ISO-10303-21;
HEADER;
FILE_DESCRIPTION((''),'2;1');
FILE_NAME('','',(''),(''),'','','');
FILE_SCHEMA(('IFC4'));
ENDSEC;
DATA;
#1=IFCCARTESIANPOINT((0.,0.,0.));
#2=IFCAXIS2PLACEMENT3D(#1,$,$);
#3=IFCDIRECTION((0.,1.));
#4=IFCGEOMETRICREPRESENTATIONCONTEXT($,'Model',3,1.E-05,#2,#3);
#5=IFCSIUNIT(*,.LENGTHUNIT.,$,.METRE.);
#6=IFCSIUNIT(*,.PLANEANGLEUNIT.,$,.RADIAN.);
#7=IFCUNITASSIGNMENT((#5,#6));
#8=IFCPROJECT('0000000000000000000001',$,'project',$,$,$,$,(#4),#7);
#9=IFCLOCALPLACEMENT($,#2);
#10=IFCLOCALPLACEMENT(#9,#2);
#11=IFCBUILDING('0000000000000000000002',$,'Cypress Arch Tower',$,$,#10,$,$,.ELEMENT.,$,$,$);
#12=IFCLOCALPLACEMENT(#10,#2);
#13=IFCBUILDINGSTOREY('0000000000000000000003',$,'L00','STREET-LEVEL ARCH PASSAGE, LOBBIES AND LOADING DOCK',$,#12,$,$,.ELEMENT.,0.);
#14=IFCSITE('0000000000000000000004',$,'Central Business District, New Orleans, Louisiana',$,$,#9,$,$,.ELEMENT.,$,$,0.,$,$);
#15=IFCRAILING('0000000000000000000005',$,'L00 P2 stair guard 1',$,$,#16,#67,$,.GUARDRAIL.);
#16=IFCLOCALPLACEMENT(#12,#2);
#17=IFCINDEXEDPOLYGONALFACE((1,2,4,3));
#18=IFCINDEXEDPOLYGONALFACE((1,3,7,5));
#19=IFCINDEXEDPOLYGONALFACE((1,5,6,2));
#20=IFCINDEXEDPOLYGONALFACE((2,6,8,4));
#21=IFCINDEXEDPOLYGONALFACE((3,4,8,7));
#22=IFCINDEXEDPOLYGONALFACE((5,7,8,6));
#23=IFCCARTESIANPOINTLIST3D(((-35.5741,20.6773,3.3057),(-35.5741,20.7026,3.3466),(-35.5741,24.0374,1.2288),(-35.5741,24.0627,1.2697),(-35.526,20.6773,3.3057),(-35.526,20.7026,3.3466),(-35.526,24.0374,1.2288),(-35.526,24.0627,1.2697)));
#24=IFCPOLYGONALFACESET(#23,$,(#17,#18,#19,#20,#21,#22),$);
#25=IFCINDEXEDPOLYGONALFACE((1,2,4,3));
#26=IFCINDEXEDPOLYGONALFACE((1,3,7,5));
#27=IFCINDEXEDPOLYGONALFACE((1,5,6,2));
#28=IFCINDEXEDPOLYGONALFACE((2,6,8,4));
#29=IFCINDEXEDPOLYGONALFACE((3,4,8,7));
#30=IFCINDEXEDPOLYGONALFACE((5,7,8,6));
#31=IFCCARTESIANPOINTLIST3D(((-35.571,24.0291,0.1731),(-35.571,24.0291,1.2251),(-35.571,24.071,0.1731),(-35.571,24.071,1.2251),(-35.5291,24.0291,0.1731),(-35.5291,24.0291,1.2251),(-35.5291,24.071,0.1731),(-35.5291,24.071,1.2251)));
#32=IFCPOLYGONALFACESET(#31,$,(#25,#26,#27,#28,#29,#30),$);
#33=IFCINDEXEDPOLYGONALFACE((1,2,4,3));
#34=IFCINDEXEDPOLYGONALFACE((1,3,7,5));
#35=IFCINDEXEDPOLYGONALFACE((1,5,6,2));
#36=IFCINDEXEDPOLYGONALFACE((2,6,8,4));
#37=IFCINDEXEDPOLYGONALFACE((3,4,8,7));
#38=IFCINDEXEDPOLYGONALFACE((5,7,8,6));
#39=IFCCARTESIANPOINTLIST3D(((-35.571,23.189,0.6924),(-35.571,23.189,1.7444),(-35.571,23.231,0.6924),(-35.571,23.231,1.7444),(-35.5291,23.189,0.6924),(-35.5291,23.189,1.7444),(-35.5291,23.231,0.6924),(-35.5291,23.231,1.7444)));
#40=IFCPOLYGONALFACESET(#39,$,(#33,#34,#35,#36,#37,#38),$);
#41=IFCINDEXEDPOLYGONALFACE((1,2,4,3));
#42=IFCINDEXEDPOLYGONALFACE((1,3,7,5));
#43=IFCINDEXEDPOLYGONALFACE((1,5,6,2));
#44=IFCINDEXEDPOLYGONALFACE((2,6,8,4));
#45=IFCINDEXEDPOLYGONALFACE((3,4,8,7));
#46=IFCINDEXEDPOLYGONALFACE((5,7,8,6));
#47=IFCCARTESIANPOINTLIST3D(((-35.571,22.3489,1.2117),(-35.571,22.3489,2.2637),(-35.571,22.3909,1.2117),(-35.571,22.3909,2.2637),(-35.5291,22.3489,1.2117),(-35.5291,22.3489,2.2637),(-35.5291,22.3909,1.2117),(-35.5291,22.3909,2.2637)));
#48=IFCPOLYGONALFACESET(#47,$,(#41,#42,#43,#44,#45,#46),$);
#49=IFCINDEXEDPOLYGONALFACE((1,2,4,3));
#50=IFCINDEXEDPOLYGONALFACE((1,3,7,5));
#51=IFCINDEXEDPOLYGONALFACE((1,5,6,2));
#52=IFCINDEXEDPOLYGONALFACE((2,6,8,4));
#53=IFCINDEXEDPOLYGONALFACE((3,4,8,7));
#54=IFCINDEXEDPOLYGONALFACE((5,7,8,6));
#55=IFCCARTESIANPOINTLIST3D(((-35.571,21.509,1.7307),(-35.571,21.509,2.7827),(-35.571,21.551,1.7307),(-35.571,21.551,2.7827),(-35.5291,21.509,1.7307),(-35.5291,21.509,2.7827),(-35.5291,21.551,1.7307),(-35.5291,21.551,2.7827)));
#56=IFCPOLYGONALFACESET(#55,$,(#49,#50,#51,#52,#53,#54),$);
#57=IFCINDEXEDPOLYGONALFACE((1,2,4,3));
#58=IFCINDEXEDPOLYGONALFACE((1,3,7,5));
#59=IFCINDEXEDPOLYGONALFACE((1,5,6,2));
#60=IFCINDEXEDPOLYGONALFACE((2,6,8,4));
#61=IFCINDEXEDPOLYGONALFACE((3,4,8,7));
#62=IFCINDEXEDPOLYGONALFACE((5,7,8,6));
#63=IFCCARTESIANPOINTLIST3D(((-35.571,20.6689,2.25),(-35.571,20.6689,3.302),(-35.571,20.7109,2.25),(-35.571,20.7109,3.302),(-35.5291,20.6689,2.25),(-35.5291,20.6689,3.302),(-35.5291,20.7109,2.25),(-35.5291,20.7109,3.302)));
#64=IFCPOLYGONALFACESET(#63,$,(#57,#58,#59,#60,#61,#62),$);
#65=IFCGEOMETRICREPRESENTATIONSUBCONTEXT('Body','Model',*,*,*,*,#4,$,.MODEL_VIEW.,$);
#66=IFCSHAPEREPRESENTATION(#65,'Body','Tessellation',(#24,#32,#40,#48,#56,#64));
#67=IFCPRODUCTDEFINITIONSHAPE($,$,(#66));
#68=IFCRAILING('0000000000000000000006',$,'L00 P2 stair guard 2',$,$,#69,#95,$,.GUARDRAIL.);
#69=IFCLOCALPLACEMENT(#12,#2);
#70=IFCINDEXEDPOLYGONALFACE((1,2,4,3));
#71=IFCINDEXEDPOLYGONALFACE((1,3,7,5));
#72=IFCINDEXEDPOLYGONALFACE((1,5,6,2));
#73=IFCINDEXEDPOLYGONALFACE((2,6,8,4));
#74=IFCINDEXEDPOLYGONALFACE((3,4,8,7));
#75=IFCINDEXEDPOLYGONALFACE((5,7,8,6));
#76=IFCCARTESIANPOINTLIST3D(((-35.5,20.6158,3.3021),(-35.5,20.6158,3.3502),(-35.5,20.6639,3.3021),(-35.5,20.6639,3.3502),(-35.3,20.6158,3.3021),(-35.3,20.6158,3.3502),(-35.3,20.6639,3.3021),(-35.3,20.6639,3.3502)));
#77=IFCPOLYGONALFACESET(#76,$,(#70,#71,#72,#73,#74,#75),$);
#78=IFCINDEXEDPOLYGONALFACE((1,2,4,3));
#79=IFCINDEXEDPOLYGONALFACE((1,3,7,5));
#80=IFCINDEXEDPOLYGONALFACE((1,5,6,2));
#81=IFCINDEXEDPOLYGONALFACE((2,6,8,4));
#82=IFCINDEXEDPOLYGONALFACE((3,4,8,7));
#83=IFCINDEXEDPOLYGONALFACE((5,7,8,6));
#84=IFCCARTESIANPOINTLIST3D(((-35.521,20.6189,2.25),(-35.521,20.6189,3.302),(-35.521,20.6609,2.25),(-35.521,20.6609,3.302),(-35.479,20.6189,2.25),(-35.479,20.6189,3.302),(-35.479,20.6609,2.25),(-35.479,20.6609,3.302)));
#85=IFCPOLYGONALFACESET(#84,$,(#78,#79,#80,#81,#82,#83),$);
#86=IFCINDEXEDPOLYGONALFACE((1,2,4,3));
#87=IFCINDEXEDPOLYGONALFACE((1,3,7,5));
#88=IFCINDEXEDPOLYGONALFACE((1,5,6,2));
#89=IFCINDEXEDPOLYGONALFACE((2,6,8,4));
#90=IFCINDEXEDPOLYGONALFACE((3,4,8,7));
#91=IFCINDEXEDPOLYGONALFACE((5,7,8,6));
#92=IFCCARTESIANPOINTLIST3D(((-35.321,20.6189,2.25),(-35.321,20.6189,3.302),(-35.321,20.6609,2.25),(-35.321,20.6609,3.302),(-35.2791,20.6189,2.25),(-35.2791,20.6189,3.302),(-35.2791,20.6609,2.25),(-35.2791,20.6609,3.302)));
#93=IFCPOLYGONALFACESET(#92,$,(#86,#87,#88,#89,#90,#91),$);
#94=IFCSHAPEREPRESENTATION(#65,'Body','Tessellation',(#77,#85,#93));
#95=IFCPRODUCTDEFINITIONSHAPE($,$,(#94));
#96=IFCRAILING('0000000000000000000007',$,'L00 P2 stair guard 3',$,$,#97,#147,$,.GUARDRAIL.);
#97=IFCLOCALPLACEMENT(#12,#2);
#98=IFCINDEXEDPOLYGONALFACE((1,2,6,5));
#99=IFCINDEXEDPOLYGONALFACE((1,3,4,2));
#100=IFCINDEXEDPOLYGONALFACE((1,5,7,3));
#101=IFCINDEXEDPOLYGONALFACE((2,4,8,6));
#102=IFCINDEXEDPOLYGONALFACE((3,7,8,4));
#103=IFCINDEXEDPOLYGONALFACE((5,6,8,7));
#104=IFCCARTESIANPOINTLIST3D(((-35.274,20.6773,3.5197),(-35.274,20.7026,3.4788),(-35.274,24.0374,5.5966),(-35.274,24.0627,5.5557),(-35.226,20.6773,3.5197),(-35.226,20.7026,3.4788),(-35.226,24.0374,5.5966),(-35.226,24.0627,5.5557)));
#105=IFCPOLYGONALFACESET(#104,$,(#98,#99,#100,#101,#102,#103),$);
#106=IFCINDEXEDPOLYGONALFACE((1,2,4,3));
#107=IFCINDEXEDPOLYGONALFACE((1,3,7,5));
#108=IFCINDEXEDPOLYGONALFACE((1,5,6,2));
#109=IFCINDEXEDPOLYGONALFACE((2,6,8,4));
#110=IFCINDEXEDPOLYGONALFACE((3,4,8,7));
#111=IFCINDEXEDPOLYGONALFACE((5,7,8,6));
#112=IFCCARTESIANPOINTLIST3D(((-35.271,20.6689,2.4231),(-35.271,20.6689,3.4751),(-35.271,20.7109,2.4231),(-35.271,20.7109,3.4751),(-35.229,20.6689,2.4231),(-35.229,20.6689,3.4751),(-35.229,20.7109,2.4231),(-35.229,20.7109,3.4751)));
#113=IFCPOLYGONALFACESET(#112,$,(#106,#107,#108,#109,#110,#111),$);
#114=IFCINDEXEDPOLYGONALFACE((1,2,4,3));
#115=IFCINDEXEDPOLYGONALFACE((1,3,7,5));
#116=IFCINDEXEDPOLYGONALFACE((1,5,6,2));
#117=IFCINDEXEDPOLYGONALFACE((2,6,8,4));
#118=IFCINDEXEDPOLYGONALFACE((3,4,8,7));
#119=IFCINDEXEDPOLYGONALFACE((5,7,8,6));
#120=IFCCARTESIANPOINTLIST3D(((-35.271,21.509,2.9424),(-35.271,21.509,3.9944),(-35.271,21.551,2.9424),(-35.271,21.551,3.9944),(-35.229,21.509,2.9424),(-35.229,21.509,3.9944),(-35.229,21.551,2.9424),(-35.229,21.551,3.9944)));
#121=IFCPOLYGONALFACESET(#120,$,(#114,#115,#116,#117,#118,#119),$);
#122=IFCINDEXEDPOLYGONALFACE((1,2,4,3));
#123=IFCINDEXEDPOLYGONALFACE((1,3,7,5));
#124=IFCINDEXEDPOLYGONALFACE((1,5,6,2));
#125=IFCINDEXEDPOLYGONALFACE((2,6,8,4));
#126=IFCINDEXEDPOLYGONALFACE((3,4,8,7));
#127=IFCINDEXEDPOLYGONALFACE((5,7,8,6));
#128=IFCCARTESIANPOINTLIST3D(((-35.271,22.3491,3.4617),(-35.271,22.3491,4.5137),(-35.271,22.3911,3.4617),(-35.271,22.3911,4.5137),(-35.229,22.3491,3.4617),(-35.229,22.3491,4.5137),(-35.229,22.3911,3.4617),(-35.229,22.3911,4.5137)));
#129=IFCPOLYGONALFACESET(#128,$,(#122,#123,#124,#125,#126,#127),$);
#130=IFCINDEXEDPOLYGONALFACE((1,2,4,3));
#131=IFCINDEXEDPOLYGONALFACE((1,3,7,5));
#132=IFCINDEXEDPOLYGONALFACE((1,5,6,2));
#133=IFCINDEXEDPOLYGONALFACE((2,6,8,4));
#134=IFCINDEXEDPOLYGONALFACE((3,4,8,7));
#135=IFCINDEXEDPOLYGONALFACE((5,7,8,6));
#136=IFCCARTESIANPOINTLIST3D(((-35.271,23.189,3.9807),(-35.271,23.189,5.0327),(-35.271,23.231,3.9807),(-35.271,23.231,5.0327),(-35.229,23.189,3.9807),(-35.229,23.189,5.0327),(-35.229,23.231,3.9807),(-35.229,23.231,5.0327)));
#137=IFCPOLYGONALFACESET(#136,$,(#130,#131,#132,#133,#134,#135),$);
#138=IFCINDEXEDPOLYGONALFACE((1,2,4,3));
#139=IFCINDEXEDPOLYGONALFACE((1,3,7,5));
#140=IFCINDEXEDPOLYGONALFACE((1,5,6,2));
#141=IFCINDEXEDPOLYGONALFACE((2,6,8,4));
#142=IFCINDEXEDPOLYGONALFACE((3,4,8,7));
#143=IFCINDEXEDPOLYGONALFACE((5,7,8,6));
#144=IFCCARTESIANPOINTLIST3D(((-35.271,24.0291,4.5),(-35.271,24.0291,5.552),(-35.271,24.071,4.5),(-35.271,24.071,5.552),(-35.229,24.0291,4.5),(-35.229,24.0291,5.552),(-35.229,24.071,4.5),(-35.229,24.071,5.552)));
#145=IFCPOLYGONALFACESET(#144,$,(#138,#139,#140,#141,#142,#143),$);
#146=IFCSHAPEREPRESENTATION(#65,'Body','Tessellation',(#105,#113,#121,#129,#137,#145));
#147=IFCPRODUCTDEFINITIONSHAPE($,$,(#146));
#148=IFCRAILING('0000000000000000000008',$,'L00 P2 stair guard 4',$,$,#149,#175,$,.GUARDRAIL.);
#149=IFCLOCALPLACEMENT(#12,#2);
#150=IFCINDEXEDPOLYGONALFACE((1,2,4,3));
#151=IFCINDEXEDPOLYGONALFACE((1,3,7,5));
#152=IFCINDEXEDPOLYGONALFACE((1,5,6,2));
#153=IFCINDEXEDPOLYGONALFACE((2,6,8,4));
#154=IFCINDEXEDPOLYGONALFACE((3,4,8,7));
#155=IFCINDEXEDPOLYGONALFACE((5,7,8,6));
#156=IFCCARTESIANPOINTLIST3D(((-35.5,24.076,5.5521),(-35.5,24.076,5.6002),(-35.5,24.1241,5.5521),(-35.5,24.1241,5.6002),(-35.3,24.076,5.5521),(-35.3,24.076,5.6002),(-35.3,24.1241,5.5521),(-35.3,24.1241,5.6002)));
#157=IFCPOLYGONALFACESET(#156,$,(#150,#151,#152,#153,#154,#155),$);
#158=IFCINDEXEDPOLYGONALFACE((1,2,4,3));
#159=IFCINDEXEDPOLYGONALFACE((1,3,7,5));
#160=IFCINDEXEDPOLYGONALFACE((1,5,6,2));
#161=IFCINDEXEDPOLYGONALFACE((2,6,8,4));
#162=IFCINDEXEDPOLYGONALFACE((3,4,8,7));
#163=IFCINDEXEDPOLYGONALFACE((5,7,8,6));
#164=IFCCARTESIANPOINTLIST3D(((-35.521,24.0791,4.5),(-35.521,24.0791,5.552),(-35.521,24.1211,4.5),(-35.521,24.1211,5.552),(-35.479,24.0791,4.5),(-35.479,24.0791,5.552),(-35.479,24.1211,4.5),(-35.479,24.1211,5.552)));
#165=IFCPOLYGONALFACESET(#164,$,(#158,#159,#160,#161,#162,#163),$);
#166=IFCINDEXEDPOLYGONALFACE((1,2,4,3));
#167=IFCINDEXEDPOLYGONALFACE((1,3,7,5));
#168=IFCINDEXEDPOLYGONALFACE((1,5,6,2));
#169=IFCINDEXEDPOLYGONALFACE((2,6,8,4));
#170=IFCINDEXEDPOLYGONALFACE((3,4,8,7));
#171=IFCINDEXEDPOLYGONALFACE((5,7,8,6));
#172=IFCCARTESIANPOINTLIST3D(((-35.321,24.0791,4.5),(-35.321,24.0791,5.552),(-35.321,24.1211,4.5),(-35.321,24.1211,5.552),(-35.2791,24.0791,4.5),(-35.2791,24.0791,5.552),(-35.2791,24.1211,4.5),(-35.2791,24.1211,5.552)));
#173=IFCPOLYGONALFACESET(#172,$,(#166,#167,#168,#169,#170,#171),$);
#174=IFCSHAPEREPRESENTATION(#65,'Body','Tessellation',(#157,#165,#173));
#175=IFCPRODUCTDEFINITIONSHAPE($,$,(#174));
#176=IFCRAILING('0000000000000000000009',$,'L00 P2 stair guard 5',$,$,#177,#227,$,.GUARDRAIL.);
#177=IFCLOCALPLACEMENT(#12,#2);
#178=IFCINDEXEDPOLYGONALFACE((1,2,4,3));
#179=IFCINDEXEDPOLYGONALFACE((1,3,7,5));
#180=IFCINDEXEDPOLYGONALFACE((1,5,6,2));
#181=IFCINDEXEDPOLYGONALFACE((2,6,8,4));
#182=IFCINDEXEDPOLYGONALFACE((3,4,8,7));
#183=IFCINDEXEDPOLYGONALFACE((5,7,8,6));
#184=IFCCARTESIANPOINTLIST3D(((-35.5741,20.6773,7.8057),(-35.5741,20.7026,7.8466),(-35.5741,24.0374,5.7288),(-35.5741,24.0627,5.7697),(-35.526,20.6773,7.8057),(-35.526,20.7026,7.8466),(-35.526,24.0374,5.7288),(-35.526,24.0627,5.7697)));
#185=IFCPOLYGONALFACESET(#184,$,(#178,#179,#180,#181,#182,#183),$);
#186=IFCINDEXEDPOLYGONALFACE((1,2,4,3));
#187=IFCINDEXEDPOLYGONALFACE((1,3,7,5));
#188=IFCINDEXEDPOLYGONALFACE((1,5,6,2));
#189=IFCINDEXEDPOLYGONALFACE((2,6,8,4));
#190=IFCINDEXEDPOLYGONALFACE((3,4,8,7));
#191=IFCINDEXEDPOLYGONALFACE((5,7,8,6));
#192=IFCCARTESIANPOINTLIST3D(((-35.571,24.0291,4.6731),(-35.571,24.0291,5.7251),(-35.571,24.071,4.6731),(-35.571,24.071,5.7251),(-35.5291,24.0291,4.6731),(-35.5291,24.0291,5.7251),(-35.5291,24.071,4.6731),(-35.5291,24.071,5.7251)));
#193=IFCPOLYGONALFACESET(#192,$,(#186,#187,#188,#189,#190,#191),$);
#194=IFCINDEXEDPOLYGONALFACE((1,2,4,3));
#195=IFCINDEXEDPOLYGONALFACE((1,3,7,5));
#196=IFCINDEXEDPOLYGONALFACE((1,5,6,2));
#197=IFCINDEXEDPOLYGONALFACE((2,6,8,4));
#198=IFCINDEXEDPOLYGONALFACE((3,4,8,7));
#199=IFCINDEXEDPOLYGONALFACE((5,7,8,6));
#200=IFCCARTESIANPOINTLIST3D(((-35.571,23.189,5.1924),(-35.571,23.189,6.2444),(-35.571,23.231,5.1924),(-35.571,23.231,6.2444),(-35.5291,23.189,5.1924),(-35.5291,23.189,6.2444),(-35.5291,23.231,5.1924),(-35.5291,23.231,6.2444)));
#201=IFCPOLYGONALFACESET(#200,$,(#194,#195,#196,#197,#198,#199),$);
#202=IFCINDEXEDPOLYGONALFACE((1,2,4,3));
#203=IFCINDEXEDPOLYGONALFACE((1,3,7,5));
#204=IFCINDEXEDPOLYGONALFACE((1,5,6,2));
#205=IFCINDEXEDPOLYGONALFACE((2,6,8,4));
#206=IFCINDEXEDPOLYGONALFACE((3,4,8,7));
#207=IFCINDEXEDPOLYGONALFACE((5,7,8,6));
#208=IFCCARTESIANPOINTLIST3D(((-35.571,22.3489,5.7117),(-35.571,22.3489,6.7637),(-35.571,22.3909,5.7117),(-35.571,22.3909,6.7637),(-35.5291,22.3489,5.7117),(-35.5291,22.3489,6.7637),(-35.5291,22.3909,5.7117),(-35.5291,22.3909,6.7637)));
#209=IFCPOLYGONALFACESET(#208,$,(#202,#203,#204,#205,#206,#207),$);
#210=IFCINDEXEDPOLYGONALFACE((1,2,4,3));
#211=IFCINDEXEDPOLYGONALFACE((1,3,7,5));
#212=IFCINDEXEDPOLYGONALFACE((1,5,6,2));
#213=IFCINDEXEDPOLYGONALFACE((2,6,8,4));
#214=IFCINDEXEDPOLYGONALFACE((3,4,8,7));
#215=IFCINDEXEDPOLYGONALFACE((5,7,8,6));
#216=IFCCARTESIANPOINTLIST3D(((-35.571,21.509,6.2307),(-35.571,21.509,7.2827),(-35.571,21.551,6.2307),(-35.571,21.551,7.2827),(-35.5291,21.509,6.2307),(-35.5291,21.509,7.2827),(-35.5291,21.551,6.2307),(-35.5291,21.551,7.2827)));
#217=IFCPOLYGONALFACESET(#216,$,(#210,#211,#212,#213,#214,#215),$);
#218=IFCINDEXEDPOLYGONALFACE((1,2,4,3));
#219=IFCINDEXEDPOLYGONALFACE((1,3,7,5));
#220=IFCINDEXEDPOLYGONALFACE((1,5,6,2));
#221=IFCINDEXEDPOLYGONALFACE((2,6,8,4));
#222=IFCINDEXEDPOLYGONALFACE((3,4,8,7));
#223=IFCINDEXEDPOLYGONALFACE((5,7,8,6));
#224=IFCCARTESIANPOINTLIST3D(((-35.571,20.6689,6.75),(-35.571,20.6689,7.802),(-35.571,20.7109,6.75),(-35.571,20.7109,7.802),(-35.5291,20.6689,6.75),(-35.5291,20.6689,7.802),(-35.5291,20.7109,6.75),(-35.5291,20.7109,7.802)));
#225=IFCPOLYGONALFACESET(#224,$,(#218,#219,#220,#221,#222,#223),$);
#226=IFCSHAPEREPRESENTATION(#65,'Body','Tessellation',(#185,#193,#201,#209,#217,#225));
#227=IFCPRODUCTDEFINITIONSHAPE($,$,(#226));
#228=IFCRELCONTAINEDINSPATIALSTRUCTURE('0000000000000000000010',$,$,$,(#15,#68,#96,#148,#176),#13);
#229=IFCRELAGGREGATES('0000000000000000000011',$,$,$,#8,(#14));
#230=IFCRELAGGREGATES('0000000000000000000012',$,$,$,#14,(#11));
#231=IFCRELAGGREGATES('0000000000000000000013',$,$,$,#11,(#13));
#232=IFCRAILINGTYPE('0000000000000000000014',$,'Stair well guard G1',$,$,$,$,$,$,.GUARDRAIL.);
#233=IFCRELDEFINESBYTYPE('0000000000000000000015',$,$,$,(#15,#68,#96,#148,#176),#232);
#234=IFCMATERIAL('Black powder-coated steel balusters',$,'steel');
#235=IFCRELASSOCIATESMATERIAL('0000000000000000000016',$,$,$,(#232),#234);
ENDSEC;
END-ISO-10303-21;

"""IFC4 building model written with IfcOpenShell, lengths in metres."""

from ifc_helpers import new_model, si_unit, direction, frame, origin, origin_2d, place, context, subcontext, project, spatial, rectangle, extrude, material, type_object, element, save


model = new_model("IFC4")

# Units and contexts
model_context = context("Model", 3, precision=1e-05, world=origin(), true_north=direction((0.0, 1.0)))
body_context = subcontext(model_context, "Body", "Model", "MODEL_VIEW")
ifc_project = project(units=[si_unit("LENGTHUNIT", "METRE"), si_unit("PLANEANGLEUNIT", "RADIAN")], contexts=[model_context])

# Site, building, storey
site_placement = place(None, origin())
site = spatial("IfcSite", under=ifc_project, at=site_placement, Name="Central Business District, New Orleans, Louisiana", CompositionType="ELEMENT", RefElevation=0.0)
building_placement = place(site_placement, origin())
building = spatial("IfcBuilding", under=site, at=building_placement, Name="Cypress Arch Tower", CompositionType="ELEMENT")
storey_placement = place(building_placement, origin())
storey = spatial("IfcBuildingStorey", under=building, at=storey_placement, Name="L00", Description="STREET-LEVEL ARCH PASSAGE, LOBBIES AND LOADING DOCK", CompositionType="ELEMENT", Elevation=0.0)

# Railings
ifc_material_1 = material(Name="Black powder-coated steel balusters", Category="steel")
railing_type_1 = type_object("IfcRailingType", Name="Stair well guard G1", PredefinedType="GUARDRAIL", material=ifc_material_1)
railing_1_placement = place(storey_placement, frame((-35.55, 24.05, 0.1731)))
element("IfcRailing", 1, at=railing_1_placement, inside=storey, type_object=railing_type_1, Name="L00 P2 stair guard 1", PredefinedType="GUARDRAIL", context=body_context, shape_type="SweptSolid", body=[
    extrude(rectangle(XDim=0.0481, YDim=0.0481, at=origin_2d()), frame((0.0, 0.0, 1.0762), z_axis=(0.0, -0.850623, 0.525776), x_axis=(1.0, 0.0, 0.0)), (0.0, 0.0, 1.0), 3.9502),
    extrude(rectangle(XDim=0.042, YDim=0.042, at=origin_2d()), origin(), (0.0, 0.0, 1.0), 1.052),
    extrude(rectangle(XDim=0.042, YDim=0.042, at=origin_2d()), frame((0.0, -0.8401, 0.5193)), (0.0, 0.0, 1.0), 1.052),
    extrude(rectangle(XDim=0.042, YDim=0.042, at=origin_2d()), frame((0.0, -1.6802, 1.0386)), (0.0, 0.0, 1.0), 1.052),
    extrude(rectangle(XDim=0.042, YDim=0.042, at=origin_2d()), frame((0.0, -2.52, 1.5576)), (0.0, 0.0, 1.0), 1.052),
    extrude(rectangle(XDim=0.042, YDim=0.042, at=origin_2d()), frame((0.0, -3.3601, 2.0769)), (0.0, 0.0, 1.0), 1.052),
])
railing_2_placement = place(storey_placement, frame((-35.5, 20.6399, 2.25)))
element("IfcRailing", 2, at=railing_2_placement, inside=storey, type_object=railing_type_1, Name="L00 P2 stair guard 2", PredefinedType="GUARDRAIL", context=body_context, shape_type="SweptSolid", body=[
    extrude(rectangle(XDim=0.0481, YDim=0.0481, at=origin_2d()), frame((0.0, 0.0, 1.0762), z_axis=(1.0, 0.0, 0.0), x_axis=(0.0, 1.0, 0.0)), (0.0, 0.0, 1.0), 0.2),
    extrude(rectangle(XDim=0.042, YDim=0.042, at=origin_2d()), origin(), (0.0, 0.0, 1.0), 1.052),
    extrude(rectangle(XDim=0.042, YDim=0.042, at=origin_2d()), frame((0.2, 0.0, 0.0)), (0.0, 0.0, 1.0), 1.052),
])
railing_3_placement = place(storey_placement, frame((-35.25, 20.6899, 2.4231)))
element("IfcRailing", 3, at=railing_3_placement, inside=storey, type_object=railing_type_1, Name="L00 P2 stair guard 3", PredefinedType="GUARDRAIL", context=body_context, shape_type="SweptSolid", body=[
    extrude(rectangle(XDim=0.0481, YDim=0.0481, at=origin_2d()), frame((0.0, 0.0, 1.0762), z_axis=(0.0, 0.850623, 0.525776), x_axis=(-1.0, 0.0, 0.0)), (0.0, 0.0, 1.0), 3.9502),
    extrude(rectangle(XDim=0.042, YDim=0.042, at=origin_2d()), origin(), (0.0, 0.0, 1.0), 1.052),
    extrude(rectangle(XDim=0.042, YDim=0.042, at=origin_2d()), frame((0.0, 0.8401, 0.5193)), (0.0, 0.0, 1.0), 1.052),
    extrude(rectangle(XDim=0.042, YDim=0.042, at=origin_2d()), frame((0.0, 1.6802, 1.0386)), (0.0, 0.0, 1.0), 1.052),
    extrude(rectangle(XDim=0.042, YDim=0.042, at=origin_2d()), frame((0.0, 2.52, 1.5576)), (0.0, 0.0, 1.0), 1.052),
    extrude(rectangle(XDim=0.042, YDim=0.042, at=origin_2d()), frame((0.0, 3.3601, 2.0769)), (0.0, 0.0, 1.0), 1.052),
])
railing_4_placement = place(storey_placement, frame((-35.5, 24.1001, 4.5)))
element("IfcRailing", 4, at=railing_4_placement, inside=storey, type_object=railing_type_1, Name="L00 P2 stair guard 4", PredefinedType="GUARDRAIL", context=body_context, shape_type="SweptSolid", body=[
    extrude(rectangle(XDim=0.0481, YDim=0.0481, at=origin_2d()), frame((0.0, 0.0, 1.0762), z_axis=(1.0, 0.0, 0.0), x_axis=(0.0, 1.0, 0.0)), (0.0, 0.0, 1.0), 0.2),
    extrude(rectangle(XDim=0.042, YDim=0.042, at=origin_2d()), origin(), (0.0, 0.0, 1.0), 1.052),
    extrude(rectangle(XDim=0.042, YDim=0.042, at=origin_2d()), frame((0.2, 0.0, 0.0)), (0.0, 0.0, 1.0), 1.052),
])
railing_5_placement = place(storey_placement, frame((-35.55, 24.05, 4.6731)))
element("IfcRailing", 5, at=railing_5_placement, inside=storey, type_object=railing_type_1, Name="L00 P2 stair guard 5", PredefinedType="GUARDRAIL", context=body_context, shape_type="SweptSolid", body=[
    extrude(rectangle(XDim=0.0481, YDim=0.0481, at=origin_2d()), frame((0.0, 0.0, 1.0762), z_axis=(0.0, -0.850623, 0.525776), x_axis=(1.0, 0.0, 0.0)), (0.0, 0.0, 1.0), 3.9502),
    extrude(rectangle(XDim=0.042, YDim=0.042, at=origin_2d()), origin(), (0.0, 0.0, 1.0), 1.052),
    extrude(rectangle(XDim=0.042, YDim=0.042, at=origin_2d()), frame((0.0, -0.8401, 0.5193)), (0.0, 0.0, 1.0), 1.052),
    extrude(rectangle(XDim=0.042, YDim=0.042, at=origin_2d()), frame((0.0, -1.6802, 1.0386)), (0.0, 0.0, 1.0), 1.052),
    extrude(rectangle(XDim=0.042, YDim=0.042, at=origin_2d()), frame((0.0, -2.52, 1.5576)), (0.0, 0.0, 1.0), 1.052),
    extrude(rectangle(XDim=0.042, YDim=0.042, at=origin_2d()), frame((0.0, -3.3601, 2.0769)), (0.0, 0.0, 1.0), 1.052),
])

save(model, "model.ifc")
